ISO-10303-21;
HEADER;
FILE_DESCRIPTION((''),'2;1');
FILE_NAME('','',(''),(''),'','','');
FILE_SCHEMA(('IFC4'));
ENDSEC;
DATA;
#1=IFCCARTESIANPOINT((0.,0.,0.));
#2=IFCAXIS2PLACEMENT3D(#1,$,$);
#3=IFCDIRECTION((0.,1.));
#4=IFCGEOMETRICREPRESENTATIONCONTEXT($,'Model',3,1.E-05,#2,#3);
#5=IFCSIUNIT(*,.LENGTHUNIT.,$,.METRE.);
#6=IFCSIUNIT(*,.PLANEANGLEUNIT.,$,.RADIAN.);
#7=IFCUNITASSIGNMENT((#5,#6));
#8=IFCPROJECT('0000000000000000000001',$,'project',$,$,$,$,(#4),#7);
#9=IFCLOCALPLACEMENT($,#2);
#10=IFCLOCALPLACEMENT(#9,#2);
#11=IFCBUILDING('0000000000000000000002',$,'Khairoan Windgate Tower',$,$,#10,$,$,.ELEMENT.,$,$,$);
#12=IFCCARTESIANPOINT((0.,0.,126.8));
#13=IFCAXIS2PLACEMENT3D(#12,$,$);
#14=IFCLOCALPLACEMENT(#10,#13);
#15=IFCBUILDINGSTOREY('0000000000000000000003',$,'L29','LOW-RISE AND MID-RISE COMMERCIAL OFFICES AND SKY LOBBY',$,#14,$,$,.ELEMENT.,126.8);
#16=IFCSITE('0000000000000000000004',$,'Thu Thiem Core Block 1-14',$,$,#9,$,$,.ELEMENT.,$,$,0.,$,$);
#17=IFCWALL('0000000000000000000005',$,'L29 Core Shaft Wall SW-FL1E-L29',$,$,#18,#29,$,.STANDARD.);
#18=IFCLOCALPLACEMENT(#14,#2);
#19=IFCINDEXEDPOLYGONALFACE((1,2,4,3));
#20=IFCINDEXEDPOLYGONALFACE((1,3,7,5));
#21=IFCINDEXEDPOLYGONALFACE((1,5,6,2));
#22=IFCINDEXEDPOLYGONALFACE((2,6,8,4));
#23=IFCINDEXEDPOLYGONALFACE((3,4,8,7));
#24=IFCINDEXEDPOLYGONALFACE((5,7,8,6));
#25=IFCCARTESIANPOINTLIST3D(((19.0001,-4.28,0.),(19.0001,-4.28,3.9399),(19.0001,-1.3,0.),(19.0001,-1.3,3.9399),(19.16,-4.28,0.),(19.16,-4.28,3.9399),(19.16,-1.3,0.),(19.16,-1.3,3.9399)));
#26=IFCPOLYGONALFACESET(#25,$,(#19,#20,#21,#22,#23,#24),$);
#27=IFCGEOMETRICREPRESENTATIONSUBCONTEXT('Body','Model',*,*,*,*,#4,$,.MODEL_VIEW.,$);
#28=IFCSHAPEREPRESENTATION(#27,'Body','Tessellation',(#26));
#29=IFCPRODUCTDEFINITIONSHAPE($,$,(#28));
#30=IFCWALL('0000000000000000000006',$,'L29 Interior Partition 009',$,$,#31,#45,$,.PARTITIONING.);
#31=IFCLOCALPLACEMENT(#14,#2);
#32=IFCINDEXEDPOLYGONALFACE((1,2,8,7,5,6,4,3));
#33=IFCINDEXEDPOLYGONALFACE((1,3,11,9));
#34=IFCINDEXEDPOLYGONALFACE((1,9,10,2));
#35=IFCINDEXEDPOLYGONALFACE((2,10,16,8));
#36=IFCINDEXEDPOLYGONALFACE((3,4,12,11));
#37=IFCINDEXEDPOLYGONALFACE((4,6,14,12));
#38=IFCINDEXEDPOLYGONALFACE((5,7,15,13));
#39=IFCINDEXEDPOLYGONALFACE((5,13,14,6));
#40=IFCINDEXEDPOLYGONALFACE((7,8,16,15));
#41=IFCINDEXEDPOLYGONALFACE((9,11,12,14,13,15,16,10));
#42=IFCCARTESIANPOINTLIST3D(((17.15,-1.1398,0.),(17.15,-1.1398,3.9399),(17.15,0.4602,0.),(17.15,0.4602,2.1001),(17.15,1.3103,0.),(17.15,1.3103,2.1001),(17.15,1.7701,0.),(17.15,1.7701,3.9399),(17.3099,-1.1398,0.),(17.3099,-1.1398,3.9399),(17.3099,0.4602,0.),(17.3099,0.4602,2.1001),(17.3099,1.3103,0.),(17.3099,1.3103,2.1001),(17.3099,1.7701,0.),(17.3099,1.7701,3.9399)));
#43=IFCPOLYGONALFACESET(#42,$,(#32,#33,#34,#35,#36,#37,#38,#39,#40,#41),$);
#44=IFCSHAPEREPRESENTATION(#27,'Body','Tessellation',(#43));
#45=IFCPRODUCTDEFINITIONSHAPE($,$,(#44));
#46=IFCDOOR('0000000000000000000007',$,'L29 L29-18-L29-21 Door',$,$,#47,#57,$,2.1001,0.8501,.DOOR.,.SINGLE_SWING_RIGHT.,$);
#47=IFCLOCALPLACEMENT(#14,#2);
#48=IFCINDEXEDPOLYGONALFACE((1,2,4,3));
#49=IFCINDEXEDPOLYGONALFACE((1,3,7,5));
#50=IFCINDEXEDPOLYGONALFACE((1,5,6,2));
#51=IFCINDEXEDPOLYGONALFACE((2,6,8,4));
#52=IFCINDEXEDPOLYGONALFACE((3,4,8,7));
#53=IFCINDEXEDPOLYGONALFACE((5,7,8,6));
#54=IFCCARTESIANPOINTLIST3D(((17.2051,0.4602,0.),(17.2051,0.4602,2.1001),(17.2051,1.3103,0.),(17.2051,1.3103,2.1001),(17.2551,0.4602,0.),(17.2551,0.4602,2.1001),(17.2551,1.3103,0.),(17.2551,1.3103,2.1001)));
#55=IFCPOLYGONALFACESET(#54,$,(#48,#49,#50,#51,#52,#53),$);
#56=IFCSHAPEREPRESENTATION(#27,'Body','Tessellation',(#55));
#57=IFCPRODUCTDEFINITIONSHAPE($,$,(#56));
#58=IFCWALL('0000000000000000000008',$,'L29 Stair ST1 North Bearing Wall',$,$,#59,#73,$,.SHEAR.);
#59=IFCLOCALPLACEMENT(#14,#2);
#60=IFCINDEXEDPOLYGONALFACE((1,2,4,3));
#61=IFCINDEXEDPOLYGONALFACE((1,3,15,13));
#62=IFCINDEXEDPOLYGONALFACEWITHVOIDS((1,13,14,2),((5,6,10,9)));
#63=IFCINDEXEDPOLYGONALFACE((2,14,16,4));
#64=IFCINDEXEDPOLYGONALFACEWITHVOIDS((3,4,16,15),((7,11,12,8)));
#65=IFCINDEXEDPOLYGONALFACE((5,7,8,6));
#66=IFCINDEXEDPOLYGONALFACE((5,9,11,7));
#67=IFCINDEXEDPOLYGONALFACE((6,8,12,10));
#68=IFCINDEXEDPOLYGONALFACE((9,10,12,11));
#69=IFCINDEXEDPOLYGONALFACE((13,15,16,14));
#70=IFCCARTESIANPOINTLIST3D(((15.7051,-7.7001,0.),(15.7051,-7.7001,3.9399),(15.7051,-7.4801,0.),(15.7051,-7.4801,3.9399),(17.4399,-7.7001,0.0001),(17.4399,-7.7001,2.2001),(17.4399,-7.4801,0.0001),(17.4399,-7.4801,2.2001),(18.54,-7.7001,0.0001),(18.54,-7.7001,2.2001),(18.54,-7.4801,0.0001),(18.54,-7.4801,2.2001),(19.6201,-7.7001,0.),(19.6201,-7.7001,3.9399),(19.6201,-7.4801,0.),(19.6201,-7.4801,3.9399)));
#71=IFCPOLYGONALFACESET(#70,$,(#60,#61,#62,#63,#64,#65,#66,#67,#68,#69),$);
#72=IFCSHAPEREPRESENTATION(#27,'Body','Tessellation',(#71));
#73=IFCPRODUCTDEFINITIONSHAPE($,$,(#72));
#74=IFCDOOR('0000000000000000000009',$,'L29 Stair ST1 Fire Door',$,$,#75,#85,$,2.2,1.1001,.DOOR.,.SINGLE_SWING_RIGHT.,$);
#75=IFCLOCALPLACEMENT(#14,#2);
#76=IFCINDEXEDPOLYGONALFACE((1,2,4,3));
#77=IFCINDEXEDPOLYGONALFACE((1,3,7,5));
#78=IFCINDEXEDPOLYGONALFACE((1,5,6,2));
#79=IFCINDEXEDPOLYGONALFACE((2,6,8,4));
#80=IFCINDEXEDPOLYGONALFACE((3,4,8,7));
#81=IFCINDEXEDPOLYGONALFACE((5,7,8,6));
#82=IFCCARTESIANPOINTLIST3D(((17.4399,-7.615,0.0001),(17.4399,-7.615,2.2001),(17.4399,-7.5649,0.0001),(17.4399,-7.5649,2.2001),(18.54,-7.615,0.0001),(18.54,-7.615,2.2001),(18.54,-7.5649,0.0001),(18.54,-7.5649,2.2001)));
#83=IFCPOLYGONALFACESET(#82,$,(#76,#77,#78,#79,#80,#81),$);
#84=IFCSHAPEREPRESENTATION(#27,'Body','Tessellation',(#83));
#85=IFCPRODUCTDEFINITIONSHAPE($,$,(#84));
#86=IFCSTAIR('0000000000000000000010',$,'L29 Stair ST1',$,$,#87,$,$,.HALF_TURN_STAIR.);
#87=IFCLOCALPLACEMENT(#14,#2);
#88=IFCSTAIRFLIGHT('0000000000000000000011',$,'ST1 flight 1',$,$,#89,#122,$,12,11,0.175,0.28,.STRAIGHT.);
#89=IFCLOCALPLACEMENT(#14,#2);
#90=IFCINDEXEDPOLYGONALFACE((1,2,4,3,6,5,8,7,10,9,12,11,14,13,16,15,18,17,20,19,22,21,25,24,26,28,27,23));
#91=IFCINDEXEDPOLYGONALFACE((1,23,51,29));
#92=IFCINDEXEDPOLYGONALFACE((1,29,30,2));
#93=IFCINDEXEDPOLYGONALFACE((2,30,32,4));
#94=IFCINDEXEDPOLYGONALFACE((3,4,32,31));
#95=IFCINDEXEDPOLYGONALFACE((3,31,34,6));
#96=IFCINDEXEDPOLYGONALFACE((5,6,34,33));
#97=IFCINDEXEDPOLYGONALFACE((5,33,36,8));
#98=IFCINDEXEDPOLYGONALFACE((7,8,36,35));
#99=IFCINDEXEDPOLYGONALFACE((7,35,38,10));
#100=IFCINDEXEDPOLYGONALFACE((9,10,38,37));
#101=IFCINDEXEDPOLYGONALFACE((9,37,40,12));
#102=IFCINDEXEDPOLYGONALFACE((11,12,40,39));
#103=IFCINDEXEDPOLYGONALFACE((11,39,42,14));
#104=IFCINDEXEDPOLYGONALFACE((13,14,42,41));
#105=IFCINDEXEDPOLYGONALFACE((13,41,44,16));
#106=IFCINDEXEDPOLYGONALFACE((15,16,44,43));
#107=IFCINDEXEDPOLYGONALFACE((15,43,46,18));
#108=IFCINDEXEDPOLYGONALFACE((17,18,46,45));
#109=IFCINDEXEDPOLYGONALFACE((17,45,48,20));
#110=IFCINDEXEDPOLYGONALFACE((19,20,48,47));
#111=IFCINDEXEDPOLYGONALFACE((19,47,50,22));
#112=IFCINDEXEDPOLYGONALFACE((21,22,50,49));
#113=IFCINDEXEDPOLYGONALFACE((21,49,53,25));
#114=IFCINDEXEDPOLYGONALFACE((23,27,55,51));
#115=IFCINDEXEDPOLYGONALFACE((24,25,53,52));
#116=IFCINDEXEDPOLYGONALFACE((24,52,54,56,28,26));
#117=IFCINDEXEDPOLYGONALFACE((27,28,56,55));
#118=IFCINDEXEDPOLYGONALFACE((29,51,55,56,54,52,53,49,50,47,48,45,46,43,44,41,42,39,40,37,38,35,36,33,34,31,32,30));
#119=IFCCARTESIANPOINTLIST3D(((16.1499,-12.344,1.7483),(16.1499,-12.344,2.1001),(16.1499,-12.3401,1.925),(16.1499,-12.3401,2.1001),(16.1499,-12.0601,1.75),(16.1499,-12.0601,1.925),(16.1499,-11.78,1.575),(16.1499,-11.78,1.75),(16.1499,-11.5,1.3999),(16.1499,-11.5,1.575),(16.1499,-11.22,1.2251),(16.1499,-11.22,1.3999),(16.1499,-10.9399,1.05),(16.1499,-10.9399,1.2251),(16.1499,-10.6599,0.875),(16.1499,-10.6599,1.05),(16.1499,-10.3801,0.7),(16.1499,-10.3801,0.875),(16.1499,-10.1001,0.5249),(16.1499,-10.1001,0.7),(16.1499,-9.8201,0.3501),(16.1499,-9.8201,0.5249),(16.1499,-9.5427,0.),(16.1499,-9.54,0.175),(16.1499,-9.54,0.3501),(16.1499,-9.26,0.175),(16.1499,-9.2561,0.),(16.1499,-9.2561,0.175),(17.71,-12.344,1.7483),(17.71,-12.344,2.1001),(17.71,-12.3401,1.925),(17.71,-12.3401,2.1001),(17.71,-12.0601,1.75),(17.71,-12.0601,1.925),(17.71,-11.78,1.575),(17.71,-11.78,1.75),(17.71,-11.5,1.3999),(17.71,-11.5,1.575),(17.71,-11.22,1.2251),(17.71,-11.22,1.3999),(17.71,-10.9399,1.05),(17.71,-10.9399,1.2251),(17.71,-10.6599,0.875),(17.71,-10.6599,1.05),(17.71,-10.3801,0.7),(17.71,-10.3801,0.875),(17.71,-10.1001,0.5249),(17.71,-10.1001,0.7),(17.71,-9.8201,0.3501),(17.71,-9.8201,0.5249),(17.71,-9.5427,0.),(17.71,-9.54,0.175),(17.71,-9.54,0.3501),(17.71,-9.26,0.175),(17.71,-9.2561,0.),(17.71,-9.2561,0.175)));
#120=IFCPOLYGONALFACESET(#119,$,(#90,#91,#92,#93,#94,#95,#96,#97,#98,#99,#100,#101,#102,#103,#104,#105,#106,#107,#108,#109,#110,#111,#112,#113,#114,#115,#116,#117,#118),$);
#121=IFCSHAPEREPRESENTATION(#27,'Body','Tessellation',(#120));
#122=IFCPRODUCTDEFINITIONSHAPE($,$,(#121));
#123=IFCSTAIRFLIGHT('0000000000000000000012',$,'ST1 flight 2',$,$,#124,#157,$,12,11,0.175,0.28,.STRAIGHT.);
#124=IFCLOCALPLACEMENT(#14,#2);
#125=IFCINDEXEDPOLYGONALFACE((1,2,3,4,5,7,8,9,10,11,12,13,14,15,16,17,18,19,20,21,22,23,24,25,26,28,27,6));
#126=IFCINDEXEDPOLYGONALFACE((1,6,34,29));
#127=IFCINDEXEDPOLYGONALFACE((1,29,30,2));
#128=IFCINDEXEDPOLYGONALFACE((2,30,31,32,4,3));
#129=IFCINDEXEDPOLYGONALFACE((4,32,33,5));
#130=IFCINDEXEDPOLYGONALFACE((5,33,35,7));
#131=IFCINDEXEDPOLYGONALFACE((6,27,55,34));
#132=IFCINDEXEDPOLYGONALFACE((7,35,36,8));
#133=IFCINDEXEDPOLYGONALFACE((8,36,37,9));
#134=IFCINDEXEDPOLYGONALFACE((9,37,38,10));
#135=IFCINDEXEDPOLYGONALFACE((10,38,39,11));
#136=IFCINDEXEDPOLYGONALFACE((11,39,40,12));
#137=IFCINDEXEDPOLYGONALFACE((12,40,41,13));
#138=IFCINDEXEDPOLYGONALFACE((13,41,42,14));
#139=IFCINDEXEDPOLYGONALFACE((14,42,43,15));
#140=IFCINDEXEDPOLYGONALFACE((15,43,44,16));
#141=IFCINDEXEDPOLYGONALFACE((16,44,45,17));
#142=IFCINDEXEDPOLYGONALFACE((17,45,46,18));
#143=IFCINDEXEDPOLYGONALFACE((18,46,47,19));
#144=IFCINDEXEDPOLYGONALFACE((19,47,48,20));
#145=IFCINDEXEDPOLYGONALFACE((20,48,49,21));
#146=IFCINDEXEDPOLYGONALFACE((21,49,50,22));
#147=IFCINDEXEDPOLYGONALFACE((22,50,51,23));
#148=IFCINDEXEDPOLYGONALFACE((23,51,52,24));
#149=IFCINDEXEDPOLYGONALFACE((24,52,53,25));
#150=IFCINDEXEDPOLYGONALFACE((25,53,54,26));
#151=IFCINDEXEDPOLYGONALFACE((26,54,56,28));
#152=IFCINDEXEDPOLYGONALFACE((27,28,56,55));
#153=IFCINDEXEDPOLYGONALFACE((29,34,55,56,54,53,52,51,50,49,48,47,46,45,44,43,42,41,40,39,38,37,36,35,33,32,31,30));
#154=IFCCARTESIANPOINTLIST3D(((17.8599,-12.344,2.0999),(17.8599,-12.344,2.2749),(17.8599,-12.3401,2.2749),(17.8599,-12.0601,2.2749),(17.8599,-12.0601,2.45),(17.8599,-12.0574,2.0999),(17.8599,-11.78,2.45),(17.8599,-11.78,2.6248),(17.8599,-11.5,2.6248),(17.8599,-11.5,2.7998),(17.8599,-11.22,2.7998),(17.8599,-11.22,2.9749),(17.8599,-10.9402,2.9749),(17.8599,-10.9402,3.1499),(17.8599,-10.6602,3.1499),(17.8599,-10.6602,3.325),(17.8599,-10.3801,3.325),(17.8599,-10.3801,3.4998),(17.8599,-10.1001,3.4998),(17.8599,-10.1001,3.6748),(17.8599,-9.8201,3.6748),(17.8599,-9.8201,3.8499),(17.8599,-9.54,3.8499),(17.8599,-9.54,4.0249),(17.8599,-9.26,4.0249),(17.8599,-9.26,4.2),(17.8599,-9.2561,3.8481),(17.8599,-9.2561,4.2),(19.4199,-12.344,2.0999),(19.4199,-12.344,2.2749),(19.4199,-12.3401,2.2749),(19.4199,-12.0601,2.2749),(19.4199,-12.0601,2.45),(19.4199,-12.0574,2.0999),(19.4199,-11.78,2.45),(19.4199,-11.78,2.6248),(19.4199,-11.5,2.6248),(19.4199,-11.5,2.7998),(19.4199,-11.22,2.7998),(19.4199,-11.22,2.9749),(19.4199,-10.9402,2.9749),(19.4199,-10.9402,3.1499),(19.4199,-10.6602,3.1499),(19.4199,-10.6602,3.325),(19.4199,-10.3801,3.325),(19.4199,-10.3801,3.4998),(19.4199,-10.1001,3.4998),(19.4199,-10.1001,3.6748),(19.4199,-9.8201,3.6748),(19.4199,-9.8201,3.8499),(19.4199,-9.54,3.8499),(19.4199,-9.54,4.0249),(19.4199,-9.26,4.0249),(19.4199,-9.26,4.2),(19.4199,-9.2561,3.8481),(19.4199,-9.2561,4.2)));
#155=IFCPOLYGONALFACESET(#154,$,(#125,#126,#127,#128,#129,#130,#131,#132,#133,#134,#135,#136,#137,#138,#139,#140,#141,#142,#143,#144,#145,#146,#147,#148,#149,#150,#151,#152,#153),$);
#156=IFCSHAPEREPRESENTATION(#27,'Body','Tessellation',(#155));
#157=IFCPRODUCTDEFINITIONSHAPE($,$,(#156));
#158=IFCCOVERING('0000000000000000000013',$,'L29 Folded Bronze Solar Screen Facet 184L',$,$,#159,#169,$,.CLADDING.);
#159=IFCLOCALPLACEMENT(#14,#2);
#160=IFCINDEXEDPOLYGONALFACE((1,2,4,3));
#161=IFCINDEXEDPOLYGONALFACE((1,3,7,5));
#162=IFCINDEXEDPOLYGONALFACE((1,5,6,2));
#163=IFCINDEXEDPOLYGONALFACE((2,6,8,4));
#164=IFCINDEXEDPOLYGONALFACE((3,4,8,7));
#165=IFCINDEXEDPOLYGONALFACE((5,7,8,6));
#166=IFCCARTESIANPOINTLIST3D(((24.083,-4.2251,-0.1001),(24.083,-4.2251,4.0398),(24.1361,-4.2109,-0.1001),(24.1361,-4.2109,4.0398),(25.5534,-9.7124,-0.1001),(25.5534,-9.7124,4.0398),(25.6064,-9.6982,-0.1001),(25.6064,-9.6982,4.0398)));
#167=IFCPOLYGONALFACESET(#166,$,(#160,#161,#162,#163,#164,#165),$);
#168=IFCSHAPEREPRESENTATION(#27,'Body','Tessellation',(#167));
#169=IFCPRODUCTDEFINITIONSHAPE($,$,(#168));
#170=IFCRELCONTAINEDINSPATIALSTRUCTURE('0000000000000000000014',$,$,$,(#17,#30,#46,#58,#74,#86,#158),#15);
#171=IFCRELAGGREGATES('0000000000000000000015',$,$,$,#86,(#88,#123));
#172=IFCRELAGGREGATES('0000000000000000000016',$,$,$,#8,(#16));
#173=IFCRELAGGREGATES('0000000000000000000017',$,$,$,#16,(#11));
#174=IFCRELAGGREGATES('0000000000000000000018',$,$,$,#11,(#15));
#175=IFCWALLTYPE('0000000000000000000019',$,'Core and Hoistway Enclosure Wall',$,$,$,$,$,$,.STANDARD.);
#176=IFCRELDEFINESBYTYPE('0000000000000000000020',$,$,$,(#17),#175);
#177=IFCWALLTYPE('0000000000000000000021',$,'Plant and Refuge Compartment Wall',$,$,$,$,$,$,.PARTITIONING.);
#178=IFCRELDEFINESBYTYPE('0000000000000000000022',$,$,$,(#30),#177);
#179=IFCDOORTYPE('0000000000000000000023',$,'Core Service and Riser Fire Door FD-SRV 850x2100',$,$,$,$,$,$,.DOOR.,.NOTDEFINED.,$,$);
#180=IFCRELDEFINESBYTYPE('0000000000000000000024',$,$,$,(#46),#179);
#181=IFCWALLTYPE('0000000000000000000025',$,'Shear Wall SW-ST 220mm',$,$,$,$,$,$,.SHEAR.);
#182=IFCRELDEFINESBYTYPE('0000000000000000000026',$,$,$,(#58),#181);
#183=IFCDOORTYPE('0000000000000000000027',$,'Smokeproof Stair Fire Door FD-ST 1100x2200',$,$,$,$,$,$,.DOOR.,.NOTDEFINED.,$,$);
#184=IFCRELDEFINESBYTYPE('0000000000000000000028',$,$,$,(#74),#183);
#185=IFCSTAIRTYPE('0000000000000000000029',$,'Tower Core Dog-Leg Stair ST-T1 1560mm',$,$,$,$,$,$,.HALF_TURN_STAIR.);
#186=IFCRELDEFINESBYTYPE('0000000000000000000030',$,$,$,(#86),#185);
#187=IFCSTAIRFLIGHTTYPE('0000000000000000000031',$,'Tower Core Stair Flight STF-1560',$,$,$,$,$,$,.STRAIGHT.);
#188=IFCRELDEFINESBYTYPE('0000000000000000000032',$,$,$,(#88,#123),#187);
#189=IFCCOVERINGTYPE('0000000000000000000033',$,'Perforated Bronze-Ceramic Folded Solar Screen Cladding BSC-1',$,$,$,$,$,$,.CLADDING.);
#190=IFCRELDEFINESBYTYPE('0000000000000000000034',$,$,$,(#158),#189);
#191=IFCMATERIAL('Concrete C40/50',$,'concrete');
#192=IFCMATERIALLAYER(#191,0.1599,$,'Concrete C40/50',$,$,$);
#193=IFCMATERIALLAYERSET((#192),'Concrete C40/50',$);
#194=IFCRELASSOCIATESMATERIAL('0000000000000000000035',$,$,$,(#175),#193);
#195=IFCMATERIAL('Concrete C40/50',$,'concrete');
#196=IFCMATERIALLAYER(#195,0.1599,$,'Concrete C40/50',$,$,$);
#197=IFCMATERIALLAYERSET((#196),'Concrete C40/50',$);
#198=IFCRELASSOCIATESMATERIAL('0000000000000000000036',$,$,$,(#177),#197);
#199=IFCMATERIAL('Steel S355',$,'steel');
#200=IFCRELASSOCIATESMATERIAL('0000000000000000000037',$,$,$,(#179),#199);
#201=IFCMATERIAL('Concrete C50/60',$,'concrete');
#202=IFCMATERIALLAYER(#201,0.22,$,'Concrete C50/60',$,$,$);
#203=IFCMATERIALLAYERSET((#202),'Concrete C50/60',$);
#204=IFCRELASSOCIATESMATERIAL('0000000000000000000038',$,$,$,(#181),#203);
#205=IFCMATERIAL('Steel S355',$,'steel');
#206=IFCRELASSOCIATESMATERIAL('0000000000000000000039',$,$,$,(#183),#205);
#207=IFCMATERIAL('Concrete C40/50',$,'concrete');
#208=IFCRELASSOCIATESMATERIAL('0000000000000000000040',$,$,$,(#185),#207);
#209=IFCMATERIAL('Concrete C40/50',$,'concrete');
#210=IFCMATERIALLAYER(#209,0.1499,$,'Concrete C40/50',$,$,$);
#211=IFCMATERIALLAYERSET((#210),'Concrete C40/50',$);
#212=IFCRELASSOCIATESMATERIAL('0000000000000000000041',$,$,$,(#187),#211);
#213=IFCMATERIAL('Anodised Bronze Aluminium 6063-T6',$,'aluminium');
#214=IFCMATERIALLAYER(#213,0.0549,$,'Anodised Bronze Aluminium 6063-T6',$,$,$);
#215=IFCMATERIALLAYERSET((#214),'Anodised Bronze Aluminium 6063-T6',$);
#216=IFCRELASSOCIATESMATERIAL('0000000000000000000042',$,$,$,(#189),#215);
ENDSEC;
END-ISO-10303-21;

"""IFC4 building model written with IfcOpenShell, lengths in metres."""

from ifc_helpers import new_model, si_unit, direction, frame, frame_2d, origin, origin_2d, place, context, subcontext, project, spatial, polyline, rectangle, outline, extrude, material, layer, layer_set, type_object, element, fill, aggregate, save


model = new_model("IFC4")

# Units and contexts
model_context = context("Model", 3, precision=1e-05, world=origin(), true_north=direction((0.0, 1.0)))
body_context = subcontext(model_context, "Body", "Model", "MODEL_VIEW")
ifc_project = project(units=[si_unit("LENGTHUNIT", "METRE"), si_unit("PLANEANGLEUNIT", "RADIAN")], contexts=[model_context])

# Site, building, storey
site_placement = place(None, origin())
site = spatial("IfcSite", under=ifc_project, at=site_placement, Name="Thu Thiem Core Block 1-14", CompositionType="ELEMENT", RefElevation=0.0)
building_placement = place(site_placement, origin())
building = spatial("IfcBuilding", under=site, at=building_placement, Name="Khairoan Windgate Tower", CompositionType="ELEMENT")
storey_placement = place(building_placement, frame((0.0, 0.0, 126.8)))
storey = spatial("IfcBuildingStorey", under=building, at=storey_placement, Name="L29", Description="LOW-RISE AND MID-RISE COMMERCIAL OFFICES AND SKY LOBBY", CompositionType="ELEMENT", Elevation=126.8)

# Wall
ifc_material_1 = material(Name="Concrete C40/50", Category="concrete")
ifc_layer_1 = layer(ifc_material_1, 0.1599, Name="Concrete C40/50")
ifc_layer_set_1 = layer_set([ifc_layer_1], Name="Concrete C40/50")
wall_type_1 = type_object("IfcWallType", Name="Core and Hoistway Enclosure Wall", PredefinedType="STANDARD", material=ifc_layer_set_1)
wall_1_placement = place(storey_placement, frame((19.0801, -4.28, 0.0), z_axis=(0.0, 0.0, 1.0), x_axis=(0.0, 1.0, 0.0)))
element("IfcWall", 1, at=wall_1_placement, inside=storey, type_object=wall_type_1, Name="L29 Core Shaft Wall SW-FL1E-L29", PredefinedType="STANDARD", context=body_context, shape_type="SweptSolid", body=[
    extrude(rectangle(XDim=2.98, YDim=0.1599, at=frame_2d((1.49, 0.0))), origin(), (0.0, 0.0, 1.0), 3.9399),
])

# Walls, openings, doors
ifc_material_2 = material(Name="Concrete C40/50", Category="concrete")
ifc_layer_2 = layer(ifc_material_2, 0.1599, Name="Concrete C40/50")
ifc_layer_set_2 = layer_set([ifc_layer_2], Name="Concrete C40/50")
wall_type_2 = type_object("IfcWallType", Name="Plant and Refuge Compartment Wall", PredefinedType="PARTITIONING", material=ifc_layer_set_2)
wall_2_placement = place(storey_placement, frame((17.23, -1.1399, 0.0), z_axis=(0.0, 0.0, 1.0), x_axis=(0.0, 1.0, 0.0)))
wall_2 = element("IfcWall", 2, at=wall_2_placement, inside=storey, type_object=wall_type_2, Name="L29 Interior Partition 009", PredefinedType="PARTITIONING", context=body_context, shape_type="SweptSolid", body=[
    extrude(rectangle(XDim=2.9099, YDim=0.1599, at=frame_2d((1.4551, 0.0))), origin(), (0.0, 0.0, 1.0), 3.9399),
])
opening_1_placement = place(wall_2_placement, frame((1.6001, 0.0, 0.0)))
opening_1 = element("IfcOpeningElement", 3, at=opening_1_placement, cuts=wall_2, PredefinedType="OPENING", context=body_context, shape_type="SweptSolid", body=[
    extrude(rectangle(XDim=0.8501, YDim=2.1001, at=frame_2d((0.425, 1.05))), frame((0.0, 0.0898, 0.0), z_axis=(0.0, -1.0, 0.0), x_axis=(1.0, 0.0, 0.0)), (0.0, 0.0, 1.0), 0.1799),
])
ifc_material_3 = material(Name="Steel S355", Category="steel")
door_type_1 = type_object("IfcDoorType", Name="Core Service and Riser Fire Door FD-SRV 850x2100", OperationType="NOTDEFINED", PredefinedType="DOOR", material=ifc_material_3)
door_1_placement = place(opening_1_placement, origin())
door_1 = element("IfcDoor", 4, at=door_1_placement, inside=storey, type_object=door_type_1, Name="L29 L29-18-L29-21 Door", OperationType="SINGLE_SWING_RIGHT", OverallHeight=2.1001, OverallWidth=0.8501, PredefinedType="DOOR", context=body_context, shape_type="SweptSolid", body=[
    extrude(rectangle(XDim=0.8501, YDim=2.1001, at=frame_2d((0.425, 1.05))), frame((0.0, 0.0249, 0.0), z_axis=(0.0, -1.0, 0.0), x_axis=(1.0, 0.0, 0.0)), (0.0, 0.0, 1.0), 0.05),
])
fill(opening_1, door_1)
ifc_material_4 = material(Name="Concrete C50/60", Category="concrete")
ifc_layer_3 = layer(ifc_material_4, 0.22, Name="Concrete C50/60")
ifc_layer_set_3 = layer_set([ifc_layer_3], Name="Concrete C50/60")
wall_type_3 = type_object("IfcWallType", Name="Shear Wall SW-ST 220mm", PredefinedType="SHEAR", material=ifc_layer_set_3)
wall_3_placement = place(storey_placement, frame((19.6201, -7.5901, 0.0), z_axis=(0.0, 0.0, 1.0), x_axis=(-1.0, 0.0, 0.0)))
wall_3 = element("IfcWall", 5, at=wall_3_placement, inside=storey, type_object=wall_type_3, Name="L29 Stair ST1 North Bearing Wall", PredefinedType="SHEAR", context=body_context, shape_type="SweptSolid", body=[
    extrude(rectangle(XDim=3.915, YDim=0.22, at=frame_2d((1.9575, 0.0))), origin(), (0.0, 0.0, 1.0), 3.9399),
])
opening_2_placement = place(wall_3_placement, frame((1.0801, 0.0, 0.0)))
opening_2 = element("IfcOpeningElement", 6, at=opening_2_placement, cuts=wall_3, PredefinedType="OPENING", context=body_context, shape_type="SweptSolid", body=[
    extrude(rectangle(XDim=1.1001, YDim=2.2, at=frame_2d((0.55, 1.1001))), frame((0.0, 0.1199, 0.0), z_axis=(0.0, -1.0, 0.0), x_axis=(1.0, 0.0, 0.0)), (0.0, 0.0, 1.0), 0.24),
])
ifc_material_5 = material(Name="Steel S355", Category="steel")
door_type_2 = type_object("IfcDoorType", Name="Smokeproof Stair Fire Door FD-ST 1100x2200", OperationType="NOTDEFINED", PredefinedType="DOOR", material=ifc_material_5)
door_2_placement = place(opening_2_placement, origin())
door_2 = element("IfcDoor", 7, at=door_2_placement, inside=storey, type_object=door_type_2, Name="L29 Stair ST1 Fire Door", OperationType="SINGLE_SWING_RIGHT", OverallHeight=2.2, OverallWidth=1.1001, PredefinedType="DOOR", context=body_context, shape_type="SweptSolid", body=[
    extrude(rectangle(XDim=1.1001, YDim=2.2, at=frame_2d((0.55, 1.1001))), frame((0.0, 0.0249, 0.0), z_axis=(0.0, -1.0, 0.0), x_axis=(1.0, 0.0, 0.0)), (0.0, 0.0, 1.0), 0.05),
])
fill(opening_2, door_2)

# Stair, stair flights
ifc_material_6 = material(Name="Concrete C40/50", Category="concrete")
stair_type = type_object("IfcStairType", Name="Tower Core Dog-Leg Stair ST-T1 1560mm", PredefinedType="HALF_TURN_STAIR", material=ifc_material_6)
stair_placement = place(storey_placement, origin())
stair = element("IfcStair", 8, at=stair_placement, inside=storey, type_object=stair_type, Name="L29 Stair ST1", PredefinedType="HALF_TURN_STAIR")
ifc_material_7 = material(Name="Concrete C40/50", Category="concrete")
ifc_layer_4 = layer(ifc_material_7, 0.1499, Name="Concrete C40/50")
ifc_layer_set_4 = layer_set([ifc_layer_4], Name="Concrete C40/50")
stair_flight_type = type_object("IfcStairFlightType", Name="Tower Core Stair Flight STF-1560", PredefinedType="STRAIGHT", material=ifc_layer_set_4)
stair_flight_1_placement = place(storey_placement, frame((16.9299, -9.26, 0.0), z_axis=(0.0, 0.0, 1.0), x_axis=(0.0, -1.0, 0.0)))
stair_flight_1 = element("IfcStairFlight", 9, at=stair_flight_1_placement, type_object=stair_flight_type, Name="ST1 flight 1", NumberOfRisers=12, NumberOfTreads=11, PredefinedType="STRAIGHT", RiserHeight=0.175, TreadLength=0.28, context=body_context, shape_type="SweptSolid", body=[
    extrude(outline(polyline([(-0.0039, 0.0), (-0.0039, 0.175), (0.0, 0.175), (0.28, 0.175), (0.28, 0.3501), (0.5601, 0.3501), (0.5601, 0.5249), (0.8401, 0.5249), (0.8401, 0.7), (1.1201, 0.7), (1.1201, 0.875), (1.3999, 0.875), (1.3999, 1.05), (1.6799, 1.05), (1.6799, 1.2251), (1.96, 1.2251), (1.96, 1.3999), (2.24, 1.3999), (2.24, 1.575), (2.52, 1.575), (2.52, 1.75), (2.8, 1.75), (2.8, 1.925), (3.0801, 1.925), (3.0801, 2.1001), (3.084, 2.1001), (3.084, 1.7483), (0.2827, 0.0), (-0.0039, 0.0)])), frame((0.0, 0.78, 0.0), z_axis=(0.0, -1.0, 0.0), x_axis=(1.0, 0.0, 0.0)), (0.0, 0.0, 1.0), 1.5601),
])
stair_flight_2_placement = place(storey_placement, frame((18.6399, -12.3401, 2.0999), z_axis=(0.0, 0.0, 1.0), x_axis=(0.0, 1.0, 0.0)))
stair_flight_2 = element("IfcStairFlight", 10, at=stair_flight_2_placement, type_object=stair_flight_type, Name="ST1 flight 2", NumberOfRisers=12, NumberOfTreads=11, PredefinedType="STRAIGHT", RiserHeight=0.175, TreadLength=0.28, context=body_context, shape_type="SweptSolid", body=[
    extrude(outline(polyline([(-0.0039, 0.0), (-0.0039, 0.175), (0.0, 0.175), (0.28, 0.175), (0.28, 0.3501), (0.5601, 0.3501), (0.5601, 0.5249), (0.8401, 0.5249), (0.8401, 0.7), (1.1201, 0.7), (1.1201, 0.875), (1.3999, 0.875), (1.3999, 1.05), (1.6799, 1.05), (1.6799, 1.2251), (1.96, 1.2251), (1.96, 1.3999), (2.24, 1.3999), (2.24, 1.575), (2.52, 1.575), (2.52, 1.75), (2.8, 1.75), (2.8, 1.925), (3.0801, 1.925), (3.0801, 2.1001), (3.084, 2.1001), (3.084, 1.7483), (0.2827, 0.0), (-0.0039, 0.0)])), frame((0.0, 0.78, 0.0), z_axis=(0.0, -1.0, 0.0), x_axis=(1.0, 0.0, 0.0)), (0.0, 0.0, 1.0), 1.5601),
])
aggregate(stair, [stair_flight_1, stair_flight_2])

# Covering
ifc_material_8 = material(Name="Anodised Bronze Aluminium 6063-T6", Category="aluminium")
ifc_layer_5 = layer(ifc_material_8, 0.0549, Name="Anodised Bronze Aluminium 6063-T6")
ifc_layer_set_5 = layer_set([ifc_layer_5], Name="Anodised Bronze Aluminium 6063-T6")
covering_type = type_object("IfcCoveringType", Name="Perforated Bronze-Ceramic Folded Solar Screen Cladding BSC-1", PredefinedType="CLADDING", material=ifc_layer_set_5)
covering_placement = place(storey_placement, frame((24.8447, -6.9617, -0.1001), z_axis=(0.0, 0.0, 1.0), x_axis=(0.258819, -0.965926, 0.0)))
element("IfcCovering", 11, at=covering_placement, inside=storey, type_object=covering_type, Name="L29 Folded Bronze Solar Screen Facet 184L", PredefinedType="CLADDING", context=body_context, shape_type="SweptSolid", body=[
    extrude(rectangle(XDim=5.6809, YDim=0.0549, at=origin_2d()), origin(), (0.0, 0.0, 1.0), 4.1399),
])

save(model, "model.ifc")
